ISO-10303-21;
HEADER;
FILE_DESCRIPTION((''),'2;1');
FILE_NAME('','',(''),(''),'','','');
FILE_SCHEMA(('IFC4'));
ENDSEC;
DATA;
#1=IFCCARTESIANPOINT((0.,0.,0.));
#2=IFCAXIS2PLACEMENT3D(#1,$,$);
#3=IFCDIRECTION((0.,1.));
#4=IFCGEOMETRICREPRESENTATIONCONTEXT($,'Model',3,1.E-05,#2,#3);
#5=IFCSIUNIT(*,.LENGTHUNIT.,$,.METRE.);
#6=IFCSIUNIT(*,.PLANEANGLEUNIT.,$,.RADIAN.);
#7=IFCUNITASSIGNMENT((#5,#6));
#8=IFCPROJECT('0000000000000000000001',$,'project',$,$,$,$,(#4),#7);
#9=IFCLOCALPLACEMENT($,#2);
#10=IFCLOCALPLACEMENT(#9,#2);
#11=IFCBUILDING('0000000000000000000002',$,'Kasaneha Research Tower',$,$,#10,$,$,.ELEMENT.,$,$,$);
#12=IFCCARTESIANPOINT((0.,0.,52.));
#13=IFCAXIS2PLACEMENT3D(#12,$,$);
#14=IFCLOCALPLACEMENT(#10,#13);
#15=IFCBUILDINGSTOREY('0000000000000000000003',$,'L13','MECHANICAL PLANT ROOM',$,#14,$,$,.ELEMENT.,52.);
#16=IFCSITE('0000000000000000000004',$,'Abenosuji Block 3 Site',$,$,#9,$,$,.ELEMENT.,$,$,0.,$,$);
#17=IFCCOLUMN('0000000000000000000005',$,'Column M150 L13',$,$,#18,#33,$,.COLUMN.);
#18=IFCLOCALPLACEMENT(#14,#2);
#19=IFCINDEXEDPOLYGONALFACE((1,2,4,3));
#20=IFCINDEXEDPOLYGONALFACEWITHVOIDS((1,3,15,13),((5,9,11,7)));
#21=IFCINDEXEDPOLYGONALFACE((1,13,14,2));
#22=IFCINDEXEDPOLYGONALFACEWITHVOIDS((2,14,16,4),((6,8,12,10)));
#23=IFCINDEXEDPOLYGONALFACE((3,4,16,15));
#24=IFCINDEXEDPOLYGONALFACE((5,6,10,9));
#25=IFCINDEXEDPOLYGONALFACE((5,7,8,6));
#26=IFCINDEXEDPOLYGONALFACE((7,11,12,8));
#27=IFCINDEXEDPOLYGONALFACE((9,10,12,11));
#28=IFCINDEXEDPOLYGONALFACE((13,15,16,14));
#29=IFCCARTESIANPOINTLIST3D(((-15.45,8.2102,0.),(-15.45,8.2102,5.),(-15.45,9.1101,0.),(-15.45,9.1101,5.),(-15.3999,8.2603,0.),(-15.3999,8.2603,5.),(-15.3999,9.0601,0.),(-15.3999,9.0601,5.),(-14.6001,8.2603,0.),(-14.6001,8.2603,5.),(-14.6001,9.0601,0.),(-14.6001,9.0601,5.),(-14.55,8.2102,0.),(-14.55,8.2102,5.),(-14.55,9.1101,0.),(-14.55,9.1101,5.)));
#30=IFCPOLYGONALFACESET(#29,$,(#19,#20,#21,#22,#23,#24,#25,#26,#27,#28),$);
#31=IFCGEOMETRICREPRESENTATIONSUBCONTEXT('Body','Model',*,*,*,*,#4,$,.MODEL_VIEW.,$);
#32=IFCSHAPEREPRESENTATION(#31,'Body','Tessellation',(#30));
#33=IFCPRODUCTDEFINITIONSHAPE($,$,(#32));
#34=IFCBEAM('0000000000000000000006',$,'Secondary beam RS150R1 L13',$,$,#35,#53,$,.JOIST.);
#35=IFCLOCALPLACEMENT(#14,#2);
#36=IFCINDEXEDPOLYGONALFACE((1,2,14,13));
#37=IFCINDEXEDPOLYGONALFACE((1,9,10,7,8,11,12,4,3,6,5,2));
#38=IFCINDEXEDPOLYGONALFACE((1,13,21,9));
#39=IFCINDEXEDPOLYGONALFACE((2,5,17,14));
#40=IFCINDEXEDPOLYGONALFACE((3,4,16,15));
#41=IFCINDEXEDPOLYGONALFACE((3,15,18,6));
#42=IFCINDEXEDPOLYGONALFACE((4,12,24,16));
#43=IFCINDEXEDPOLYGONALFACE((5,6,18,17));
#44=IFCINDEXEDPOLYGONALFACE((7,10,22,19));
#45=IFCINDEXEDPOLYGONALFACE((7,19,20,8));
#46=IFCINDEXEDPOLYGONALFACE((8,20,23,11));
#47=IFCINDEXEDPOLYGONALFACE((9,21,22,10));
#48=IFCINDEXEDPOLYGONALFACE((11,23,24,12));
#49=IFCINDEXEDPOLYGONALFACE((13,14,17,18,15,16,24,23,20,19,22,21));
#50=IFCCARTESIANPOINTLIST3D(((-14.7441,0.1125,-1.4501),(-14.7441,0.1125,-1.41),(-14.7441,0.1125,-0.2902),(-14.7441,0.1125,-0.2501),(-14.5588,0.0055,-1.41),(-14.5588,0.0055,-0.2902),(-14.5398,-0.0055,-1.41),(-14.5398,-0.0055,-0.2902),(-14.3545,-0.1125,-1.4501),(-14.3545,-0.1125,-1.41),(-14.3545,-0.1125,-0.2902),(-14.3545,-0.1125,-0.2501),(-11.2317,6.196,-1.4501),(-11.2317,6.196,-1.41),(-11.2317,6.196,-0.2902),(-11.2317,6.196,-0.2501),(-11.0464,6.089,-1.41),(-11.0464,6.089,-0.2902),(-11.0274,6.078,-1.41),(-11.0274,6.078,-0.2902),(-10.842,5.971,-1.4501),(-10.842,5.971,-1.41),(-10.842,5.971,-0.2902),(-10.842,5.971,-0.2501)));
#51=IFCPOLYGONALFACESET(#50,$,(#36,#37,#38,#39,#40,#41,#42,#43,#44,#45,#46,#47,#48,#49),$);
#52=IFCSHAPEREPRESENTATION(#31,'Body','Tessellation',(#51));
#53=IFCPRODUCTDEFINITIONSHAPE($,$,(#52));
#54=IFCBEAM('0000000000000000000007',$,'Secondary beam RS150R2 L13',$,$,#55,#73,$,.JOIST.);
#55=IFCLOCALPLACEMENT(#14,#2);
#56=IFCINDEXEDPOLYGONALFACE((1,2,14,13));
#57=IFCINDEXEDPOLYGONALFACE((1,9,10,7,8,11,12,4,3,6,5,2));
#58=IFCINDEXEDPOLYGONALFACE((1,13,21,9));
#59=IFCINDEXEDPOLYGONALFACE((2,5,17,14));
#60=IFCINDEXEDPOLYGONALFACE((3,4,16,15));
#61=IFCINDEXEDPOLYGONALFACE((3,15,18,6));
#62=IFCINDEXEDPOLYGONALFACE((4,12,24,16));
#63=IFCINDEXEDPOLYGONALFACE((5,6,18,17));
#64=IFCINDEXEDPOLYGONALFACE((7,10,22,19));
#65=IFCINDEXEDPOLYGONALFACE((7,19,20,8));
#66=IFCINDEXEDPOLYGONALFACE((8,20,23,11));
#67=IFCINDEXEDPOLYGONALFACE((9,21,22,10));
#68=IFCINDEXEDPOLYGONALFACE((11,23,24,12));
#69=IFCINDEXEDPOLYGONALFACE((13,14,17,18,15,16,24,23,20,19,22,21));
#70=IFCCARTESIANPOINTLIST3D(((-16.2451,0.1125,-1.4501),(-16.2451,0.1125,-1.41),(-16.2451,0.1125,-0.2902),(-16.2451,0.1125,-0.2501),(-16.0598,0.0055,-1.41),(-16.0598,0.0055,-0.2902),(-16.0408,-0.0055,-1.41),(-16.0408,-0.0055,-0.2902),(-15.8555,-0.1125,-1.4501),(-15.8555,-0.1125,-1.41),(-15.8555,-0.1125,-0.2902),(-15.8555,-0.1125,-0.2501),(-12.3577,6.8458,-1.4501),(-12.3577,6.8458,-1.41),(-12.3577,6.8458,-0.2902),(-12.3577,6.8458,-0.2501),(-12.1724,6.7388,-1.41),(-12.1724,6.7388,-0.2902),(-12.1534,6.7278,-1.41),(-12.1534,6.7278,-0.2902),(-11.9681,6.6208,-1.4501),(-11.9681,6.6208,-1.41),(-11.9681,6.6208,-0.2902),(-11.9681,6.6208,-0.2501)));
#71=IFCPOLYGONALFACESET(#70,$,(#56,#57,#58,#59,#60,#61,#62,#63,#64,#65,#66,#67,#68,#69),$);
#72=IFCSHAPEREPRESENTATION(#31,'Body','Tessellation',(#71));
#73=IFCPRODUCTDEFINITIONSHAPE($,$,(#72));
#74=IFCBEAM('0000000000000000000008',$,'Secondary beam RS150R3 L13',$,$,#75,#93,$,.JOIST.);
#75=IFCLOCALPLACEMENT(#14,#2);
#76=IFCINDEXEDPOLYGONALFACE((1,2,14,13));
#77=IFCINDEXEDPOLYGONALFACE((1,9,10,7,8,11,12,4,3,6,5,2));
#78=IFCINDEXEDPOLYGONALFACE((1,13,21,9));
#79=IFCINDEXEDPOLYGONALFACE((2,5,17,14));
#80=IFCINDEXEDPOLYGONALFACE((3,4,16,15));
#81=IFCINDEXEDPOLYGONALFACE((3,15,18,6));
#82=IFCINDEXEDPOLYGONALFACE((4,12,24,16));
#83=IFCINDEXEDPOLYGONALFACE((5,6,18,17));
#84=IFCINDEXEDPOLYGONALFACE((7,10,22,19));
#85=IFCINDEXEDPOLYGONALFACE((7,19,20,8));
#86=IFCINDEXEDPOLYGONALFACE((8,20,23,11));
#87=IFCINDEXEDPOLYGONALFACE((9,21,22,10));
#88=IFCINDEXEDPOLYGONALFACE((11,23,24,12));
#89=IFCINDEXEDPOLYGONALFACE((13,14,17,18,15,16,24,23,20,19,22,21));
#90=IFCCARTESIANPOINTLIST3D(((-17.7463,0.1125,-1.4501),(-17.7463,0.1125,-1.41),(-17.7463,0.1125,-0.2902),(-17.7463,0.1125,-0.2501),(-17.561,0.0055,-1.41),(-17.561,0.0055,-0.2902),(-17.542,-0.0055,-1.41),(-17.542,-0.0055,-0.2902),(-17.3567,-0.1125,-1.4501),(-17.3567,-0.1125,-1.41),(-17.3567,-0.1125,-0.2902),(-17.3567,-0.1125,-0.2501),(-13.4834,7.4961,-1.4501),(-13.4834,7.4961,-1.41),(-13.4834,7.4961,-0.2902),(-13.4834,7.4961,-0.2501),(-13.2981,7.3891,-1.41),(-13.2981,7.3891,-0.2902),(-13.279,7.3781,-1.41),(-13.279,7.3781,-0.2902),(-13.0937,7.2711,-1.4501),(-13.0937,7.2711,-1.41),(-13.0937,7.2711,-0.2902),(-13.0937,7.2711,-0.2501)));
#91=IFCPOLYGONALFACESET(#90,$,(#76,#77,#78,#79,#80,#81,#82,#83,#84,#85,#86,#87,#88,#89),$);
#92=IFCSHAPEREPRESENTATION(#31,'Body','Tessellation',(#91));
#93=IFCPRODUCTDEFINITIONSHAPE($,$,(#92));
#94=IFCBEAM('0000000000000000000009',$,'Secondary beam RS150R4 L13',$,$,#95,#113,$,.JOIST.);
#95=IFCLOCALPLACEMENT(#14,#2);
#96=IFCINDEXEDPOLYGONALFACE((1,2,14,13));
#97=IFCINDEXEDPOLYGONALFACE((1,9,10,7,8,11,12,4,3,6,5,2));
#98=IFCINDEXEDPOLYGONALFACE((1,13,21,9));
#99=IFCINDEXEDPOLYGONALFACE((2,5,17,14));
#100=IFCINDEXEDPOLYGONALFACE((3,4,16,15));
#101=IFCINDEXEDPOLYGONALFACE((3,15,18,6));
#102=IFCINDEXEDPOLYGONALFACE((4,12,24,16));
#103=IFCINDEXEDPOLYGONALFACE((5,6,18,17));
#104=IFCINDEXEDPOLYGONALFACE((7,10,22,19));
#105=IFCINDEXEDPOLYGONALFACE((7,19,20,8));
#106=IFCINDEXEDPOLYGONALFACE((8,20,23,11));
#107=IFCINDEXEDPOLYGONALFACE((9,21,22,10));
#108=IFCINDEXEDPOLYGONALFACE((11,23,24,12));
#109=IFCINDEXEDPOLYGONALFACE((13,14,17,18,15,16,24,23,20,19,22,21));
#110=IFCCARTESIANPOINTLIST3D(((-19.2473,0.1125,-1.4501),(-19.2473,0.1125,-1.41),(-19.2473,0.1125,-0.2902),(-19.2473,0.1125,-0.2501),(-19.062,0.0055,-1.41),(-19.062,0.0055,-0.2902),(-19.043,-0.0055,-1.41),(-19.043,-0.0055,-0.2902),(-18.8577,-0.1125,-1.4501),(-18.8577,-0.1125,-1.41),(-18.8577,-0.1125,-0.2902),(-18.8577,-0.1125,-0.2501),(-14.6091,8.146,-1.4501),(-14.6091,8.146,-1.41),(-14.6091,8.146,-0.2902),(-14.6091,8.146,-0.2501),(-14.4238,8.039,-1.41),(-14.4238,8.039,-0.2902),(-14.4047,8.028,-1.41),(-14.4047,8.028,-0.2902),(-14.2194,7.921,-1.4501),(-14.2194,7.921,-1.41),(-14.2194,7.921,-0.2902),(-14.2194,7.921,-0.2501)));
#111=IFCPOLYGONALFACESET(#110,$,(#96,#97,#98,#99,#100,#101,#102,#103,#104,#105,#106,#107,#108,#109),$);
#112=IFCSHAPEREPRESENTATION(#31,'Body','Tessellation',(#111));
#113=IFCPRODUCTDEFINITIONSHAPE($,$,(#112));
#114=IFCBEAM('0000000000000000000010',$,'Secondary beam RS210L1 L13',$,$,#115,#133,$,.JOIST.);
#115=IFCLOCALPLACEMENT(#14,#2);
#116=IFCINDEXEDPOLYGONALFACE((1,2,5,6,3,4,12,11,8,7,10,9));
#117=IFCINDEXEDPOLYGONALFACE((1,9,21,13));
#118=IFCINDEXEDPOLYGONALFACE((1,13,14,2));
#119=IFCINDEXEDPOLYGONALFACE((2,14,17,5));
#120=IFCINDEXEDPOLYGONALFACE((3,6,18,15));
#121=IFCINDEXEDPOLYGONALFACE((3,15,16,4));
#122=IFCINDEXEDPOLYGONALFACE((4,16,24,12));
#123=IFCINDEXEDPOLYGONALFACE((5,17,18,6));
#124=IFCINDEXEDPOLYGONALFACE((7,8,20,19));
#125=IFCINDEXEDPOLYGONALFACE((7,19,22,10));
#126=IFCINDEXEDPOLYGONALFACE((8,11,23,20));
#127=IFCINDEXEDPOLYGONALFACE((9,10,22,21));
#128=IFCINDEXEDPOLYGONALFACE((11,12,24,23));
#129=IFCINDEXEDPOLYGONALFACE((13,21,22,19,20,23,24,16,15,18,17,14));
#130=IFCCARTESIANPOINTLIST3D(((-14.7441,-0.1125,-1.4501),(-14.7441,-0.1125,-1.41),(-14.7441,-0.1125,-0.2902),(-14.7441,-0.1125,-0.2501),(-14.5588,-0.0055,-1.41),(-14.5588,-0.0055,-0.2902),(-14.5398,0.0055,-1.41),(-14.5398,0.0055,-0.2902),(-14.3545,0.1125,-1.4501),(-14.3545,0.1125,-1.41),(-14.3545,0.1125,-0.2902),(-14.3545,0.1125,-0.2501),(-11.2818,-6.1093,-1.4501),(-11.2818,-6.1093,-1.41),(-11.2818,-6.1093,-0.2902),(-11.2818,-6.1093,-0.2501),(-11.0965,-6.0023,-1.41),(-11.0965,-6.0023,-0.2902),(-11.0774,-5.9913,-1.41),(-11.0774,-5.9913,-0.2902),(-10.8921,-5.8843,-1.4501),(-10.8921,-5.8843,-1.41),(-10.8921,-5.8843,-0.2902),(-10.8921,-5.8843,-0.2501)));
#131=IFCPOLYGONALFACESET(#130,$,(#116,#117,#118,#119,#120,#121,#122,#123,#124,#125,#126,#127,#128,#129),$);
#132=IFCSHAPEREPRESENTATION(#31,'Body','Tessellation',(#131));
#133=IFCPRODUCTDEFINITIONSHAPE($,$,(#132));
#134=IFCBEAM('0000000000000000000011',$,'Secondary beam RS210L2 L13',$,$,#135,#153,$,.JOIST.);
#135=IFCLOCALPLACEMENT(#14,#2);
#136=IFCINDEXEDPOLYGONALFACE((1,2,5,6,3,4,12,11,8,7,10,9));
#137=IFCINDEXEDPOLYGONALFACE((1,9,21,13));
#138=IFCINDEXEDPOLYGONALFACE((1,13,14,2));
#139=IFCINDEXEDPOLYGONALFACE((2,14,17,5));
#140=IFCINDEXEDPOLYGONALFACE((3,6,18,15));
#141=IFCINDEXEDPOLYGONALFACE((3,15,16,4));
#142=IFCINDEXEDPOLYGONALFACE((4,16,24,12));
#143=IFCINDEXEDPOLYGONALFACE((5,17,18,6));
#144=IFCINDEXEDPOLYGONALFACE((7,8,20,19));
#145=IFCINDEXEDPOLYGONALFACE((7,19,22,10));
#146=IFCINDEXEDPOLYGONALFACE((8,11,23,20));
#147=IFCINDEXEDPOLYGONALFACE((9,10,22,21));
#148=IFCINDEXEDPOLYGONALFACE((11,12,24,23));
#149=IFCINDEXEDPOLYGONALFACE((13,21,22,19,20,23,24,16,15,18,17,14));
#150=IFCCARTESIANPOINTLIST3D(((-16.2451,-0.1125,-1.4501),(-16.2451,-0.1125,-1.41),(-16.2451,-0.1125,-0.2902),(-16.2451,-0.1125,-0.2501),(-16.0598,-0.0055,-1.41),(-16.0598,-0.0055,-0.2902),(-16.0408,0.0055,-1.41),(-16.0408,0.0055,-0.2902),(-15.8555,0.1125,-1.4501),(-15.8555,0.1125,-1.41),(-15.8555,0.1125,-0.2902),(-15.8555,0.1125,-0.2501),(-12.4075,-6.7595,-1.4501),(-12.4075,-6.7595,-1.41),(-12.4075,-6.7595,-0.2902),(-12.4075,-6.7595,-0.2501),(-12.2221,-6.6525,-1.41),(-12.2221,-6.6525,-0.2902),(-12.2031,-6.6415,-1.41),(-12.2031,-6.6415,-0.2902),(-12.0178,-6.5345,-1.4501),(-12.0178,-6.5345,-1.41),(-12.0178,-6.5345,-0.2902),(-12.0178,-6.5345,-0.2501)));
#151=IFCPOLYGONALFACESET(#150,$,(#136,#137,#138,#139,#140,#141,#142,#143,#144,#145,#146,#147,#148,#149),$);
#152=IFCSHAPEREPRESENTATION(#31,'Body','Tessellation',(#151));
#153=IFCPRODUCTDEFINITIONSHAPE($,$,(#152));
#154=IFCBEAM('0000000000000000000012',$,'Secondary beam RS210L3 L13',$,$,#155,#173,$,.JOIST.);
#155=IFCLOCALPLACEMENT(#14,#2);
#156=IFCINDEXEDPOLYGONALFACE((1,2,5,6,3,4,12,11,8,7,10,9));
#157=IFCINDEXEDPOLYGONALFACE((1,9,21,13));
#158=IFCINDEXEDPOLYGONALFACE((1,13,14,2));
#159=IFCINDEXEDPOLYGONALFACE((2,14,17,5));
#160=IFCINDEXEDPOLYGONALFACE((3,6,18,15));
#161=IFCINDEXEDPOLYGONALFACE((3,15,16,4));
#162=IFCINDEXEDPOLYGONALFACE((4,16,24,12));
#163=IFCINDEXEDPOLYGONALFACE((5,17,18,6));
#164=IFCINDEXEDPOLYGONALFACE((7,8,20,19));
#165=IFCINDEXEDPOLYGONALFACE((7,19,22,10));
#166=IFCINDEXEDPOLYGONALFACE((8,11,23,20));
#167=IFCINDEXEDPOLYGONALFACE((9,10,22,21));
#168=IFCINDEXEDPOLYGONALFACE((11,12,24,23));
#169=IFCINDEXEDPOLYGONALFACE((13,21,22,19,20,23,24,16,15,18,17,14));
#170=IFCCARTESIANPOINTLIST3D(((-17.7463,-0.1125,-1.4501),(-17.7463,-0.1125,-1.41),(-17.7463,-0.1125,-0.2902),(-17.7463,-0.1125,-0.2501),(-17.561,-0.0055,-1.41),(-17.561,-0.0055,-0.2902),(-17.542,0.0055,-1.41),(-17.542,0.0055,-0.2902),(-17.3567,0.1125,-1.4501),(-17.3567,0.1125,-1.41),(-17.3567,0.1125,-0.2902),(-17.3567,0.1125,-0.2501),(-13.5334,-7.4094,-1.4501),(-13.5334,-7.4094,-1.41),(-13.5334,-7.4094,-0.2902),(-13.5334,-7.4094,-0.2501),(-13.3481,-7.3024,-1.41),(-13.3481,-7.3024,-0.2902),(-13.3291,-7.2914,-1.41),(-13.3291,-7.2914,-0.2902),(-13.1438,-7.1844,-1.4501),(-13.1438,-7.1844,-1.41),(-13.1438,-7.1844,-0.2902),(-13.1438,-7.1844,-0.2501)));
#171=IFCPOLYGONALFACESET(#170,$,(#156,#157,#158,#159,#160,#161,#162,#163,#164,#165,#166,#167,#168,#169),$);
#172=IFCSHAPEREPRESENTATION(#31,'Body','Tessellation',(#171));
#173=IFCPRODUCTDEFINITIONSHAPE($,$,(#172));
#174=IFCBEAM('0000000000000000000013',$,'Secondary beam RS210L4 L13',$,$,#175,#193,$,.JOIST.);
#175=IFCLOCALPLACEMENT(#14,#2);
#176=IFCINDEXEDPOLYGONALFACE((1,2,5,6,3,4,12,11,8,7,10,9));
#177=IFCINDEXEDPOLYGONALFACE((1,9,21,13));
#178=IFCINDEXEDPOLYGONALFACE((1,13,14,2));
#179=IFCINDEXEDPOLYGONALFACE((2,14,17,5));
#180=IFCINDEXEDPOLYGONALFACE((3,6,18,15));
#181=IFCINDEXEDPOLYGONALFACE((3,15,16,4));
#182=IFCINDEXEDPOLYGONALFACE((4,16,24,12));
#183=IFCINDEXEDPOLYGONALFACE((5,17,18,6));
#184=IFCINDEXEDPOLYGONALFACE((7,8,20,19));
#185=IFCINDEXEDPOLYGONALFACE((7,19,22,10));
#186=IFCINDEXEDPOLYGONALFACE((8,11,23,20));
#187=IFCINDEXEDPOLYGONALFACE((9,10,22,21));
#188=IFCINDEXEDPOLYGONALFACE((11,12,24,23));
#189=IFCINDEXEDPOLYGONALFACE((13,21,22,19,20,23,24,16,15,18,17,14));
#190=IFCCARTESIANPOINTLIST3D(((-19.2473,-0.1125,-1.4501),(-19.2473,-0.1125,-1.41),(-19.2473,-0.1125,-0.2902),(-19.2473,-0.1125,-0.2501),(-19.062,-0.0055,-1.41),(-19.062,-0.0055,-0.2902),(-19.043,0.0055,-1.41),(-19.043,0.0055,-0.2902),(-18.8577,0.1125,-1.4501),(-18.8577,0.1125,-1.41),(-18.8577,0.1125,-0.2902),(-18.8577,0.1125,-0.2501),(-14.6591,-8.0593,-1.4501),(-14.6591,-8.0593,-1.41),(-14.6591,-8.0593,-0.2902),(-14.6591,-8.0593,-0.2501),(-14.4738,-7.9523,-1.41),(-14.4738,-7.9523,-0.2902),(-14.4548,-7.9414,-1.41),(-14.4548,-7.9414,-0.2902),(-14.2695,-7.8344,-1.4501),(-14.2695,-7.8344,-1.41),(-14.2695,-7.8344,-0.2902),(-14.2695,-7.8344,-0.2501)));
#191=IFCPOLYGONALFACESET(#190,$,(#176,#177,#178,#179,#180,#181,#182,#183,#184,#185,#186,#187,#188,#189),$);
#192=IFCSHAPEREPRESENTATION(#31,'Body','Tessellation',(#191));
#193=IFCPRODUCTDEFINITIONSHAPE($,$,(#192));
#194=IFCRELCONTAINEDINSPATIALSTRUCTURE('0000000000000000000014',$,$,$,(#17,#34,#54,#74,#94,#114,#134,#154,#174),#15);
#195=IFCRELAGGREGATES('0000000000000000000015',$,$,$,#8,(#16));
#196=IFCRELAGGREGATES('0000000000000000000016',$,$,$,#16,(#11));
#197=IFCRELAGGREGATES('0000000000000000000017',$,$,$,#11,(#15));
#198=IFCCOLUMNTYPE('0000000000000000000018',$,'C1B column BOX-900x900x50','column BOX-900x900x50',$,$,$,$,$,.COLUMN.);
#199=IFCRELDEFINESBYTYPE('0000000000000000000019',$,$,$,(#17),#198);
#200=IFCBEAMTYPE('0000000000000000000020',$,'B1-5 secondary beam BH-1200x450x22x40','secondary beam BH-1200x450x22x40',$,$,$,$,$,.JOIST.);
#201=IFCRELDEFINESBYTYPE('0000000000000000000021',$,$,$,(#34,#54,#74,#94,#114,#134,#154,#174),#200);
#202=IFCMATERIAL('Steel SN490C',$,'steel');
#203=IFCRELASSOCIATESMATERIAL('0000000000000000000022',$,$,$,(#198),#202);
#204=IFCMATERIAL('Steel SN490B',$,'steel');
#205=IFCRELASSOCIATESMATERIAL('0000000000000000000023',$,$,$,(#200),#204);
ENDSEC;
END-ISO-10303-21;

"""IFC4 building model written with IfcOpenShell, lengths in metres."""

from ifc_helpers import new_model, si_unit, direction, frame, origin, origin_2d, place, context, subcontext, project, spatial, hollow_rectangle, i_section, extrude, material, material_profile, profile_set, type_object, element, save


model = new_model("IFC4")

# Units and contexts
model_context = context("Model", 3, precision=1e-05, world=origin(), true_north=direction((0.0, 1.0)))
body_context = subcontext(model_context, "Body", "Model", "MODEL_VIEW")
ifc_project = project(units=[si_unit("LENGTHUNIT", "METRE"), si_unit("PLANEANGLEUNIT", "RADIAN")], contexts=[model_context])

# Site, building, storey
site_placement = place(None, origin())
site = spatial("IfcSite", under=ifc_project, at=site_placement, Name="Abenosuji Block 3 Site", CompositionType="ELEMENT", RefElevation=0.0)
building_placement = place(site_placement, origin())
building = spatial("IfcBuilding", under=site, at=building_placement, Name="Kasaneha Research Tower", CompositionType="ELEMENT")
storey_placement = place(building_placement, frame((0.0, 0.0, 52.0)))
storey = spatial("IfcBuildingStorey", under=building, at=storey_placement, Name="L13", Description="MECHANICAL PLANT ROOM", CompositionType="ELEMENT", Elevation=52.0)

# Column
ifc_material_1 = material(Name="Steel SN490C", Category="steel")
ifc_material_profile_1 = material_profile(ifc_material_1, hollow_rectangle(XDim=0.8999, YDim=0.8999, WallThickness=0.05, at=origin_2d()), Name="BOX-900x900x50")
ifc_profile_set_1 = profile_set([ifc_material_profile_1], Name="Steel SN490C")
column_type = type_object("IfcColumnType", Name="C1B column BOX-900x900x50", Description="column BOX-900x900x50", PredefinedType="COLUMN", material=ifc_profile_set_1)
column_placement = place(storey_placement, frame((-15.0, 8.6602, 0.0), z_axis=(0.0, 0.0, 1.0), x_axis=(1.0, 0.0, 0.0)))
element("IfcColumn", 1, at=column_placement, inside=storey, type_object=column_type, Name="Column M150 L13", PredefinedType="COLUMN", context=body_context, shape_type="SweptSolid", body=[
    extrude(hollow_rectangle(XDim=0.8999, YDim=0.8999, WallThickness=0.05, at=origin_2d()), origin(), (0.0, 0.0, 1.0), 5.0),
])

# Beams
ifc_material_2 = material(Name="Steel SN490B", Category="steel")
ifc_material_profile_2 = material_profile(ifc_material_2, i_section(OverallWidth=0.45, OverallDepth=1.2, WebThickness=0.022, FlangeThickness=0.04, at=origin_2d()), Name="BH-1200x450x22x40")
ifc_profile_set_2 = profile_set([ifc_material_profile_2], Name="Steel SN490B")
beam_type_1 = type_object("IfcBeamType", Name="B1-5 secondary beam BH-1200x450x22x40", Description="secondary beam BH-1200x450x22x40", PredefinedType="JOIST", material=ifc_profile_set_2)
beam_1_placement = place(storey_placement, frame((-14.5493, 0.0, -0.8501), z_axis=(0.500015, 0.866017, 0.0), x_axis=(-0.866017, 0.500015, 0.0)))
element("IfcBeam", 2, at=beam_1_placement, inside=storey, type_object=beam_type_1, Name="Secondary beam RS150R1 L13", PredefinedType="JOIST", context=body_context, shape_type="SweptSolid", body=[
    extrude(i_section(OverallWidth=0.45, OverallDepth=1.2, WebThickness=0.022, FlangeThickness=0.04, at=origin_2d()), origin(), (0.0, 0.0, 1.0), 7.0247),
])
beam_2_placement = place(storey_placement, frame((-16.0503, 0.0, -0.8501), z_axis=(0.499992, 0.86603, 0.0), x_axis=(-0.86603, 0.499992, 0.0)))
element("IfcBeam", 3, at=beam_2_placement, inside=storey, type_object=beam_type_1, Name="Secondary beam RS150R2 L13", PredefinedType="JOIST", context=body_context, shape_type="SweptSolid", body=[
    extrude(i_section(OverallWidth=0.45, OverallDepth=1.2, WebThickness=0.022, FlangeThickness=0.04, at=origin_2d()), origin(), (0.0, 0.0, 1.0), 7.7749),
])
beam_3_placement = place(storey_placement, frame((-17.5515, 0.0, -0.8501), z_axis=(0.500004, 0.866023, 0.0), x_axis=(-0.866023, 0.500004, 0.0)))
element("IfcBeam", 4, at=beam_3_placement, inside=storey, type_object=beam_type_1, Name="Secondary beam RS150R3 L13", PredefinedType="JOIST", context=body_context, shape_type="SweptSolid", body=[
    extrude(i_section(OverallWidth=0.45, OverallDepth=1.2, WebThickness=0.022, FlangeThickness=0.04, at=origin_2d()), origin(), (0.0, 0.0, 1.0), 8.5259),
])
beam_4_placement = place(storey_placement, frame((-19.0525, 0.0, -0.8501), z_axis=(0.500006, 0.866022, 0.0), x_axis=(-0.866022, 0.500006, 0.0)))
element("IfcBeam", 5, at=beam_4_placement, inside=storey, type_object=beam_type_1, Name="Secondary beam RS150R4 L13", PredefinedType="JOIST", context=body_context, shape_type="SweptSolid", body=[
    extrude(i_section(OverallWidth=0.45, OverallDepth=1.2, WebThickness=0.022, FlangeThickness=0.04, at=origin_2d()), origin(), (0.0, 0.0, 1.0), 9.2764),
])
beam_5_placement = place(storey_placement, frame((-14.5493, 0.0, -0.8501), z_axis=(0.500014, -0.866017, 0.0), x_axis=(0.866017, 0.500014, 0.0)))
element("IfcBeam", 6, at=beam_5_placement, inside=storey, type_object=beam_type_1, Name="Secondary beam RS210L1 L13", PredefinedType="JOIST", context=body_context, shape_type="SweptSolid", body=[
    extrude(i_section(OverallWidth=0.45, OverallDepth=1.2, WebThickness=0.022, FlangeThickness=0.04, at=origin_2d()), origin(), (0.0, 0.0, 1.0), 6.9246),
])
beam_6_placement = place(storey_placement, frame((-16.0503, 0.0, -0.8501), z_axis=(0.500001, -0.866025, 0.0), x_axis=(0.866025, 0.500001, 0.0)))
element("IfcBeam", 7, at=beam_6_placement, inside=storey, type_object=beam_type_1, Name="Secondary beam RS210L2 L13", PredefinedType="JOIST", context=body_context, shape_type="SweptSolid", body=[
    extrude(i_section(OverallWidth=0.45, OverallDepth=1.2, WebThickness=0.022, FlangeThickness=0.04, at=origin_2d()), origin(), (0.0, 0.0, 1.0), 7.6753),
])
beam_7_placement = place(storey_placement, frame((-17.5515, 0.0, -0.8501), z_axis=(0.500003, -0.866023, 0.0), x_axis=(0.866023, 0.500003, 0.0)))
element("IfcBeam", 8, at=beam_7_placement, inside=storey, type_object=beam_type_1, Name="Secondary beam RS210L3 L13", PredefinedType="JOIST", context=body_context, shape_type="SweptSolid", body=[
    extrude(i_section(OverallWidth=0.45, OverallDepth=1.2, WebThickness=0.022, FlangeThickness=0.04, at=origin_2d()), origin(), (0.0, 0.0, 1.0), 8.4258),
])
beam_8_placement = place(storey_placement, frame((-19.0525, 0.0, -0.8501), z_axis=(0.500005, -0.866023, 0.0), x_axis=(0.866023, 0.500005, 0.0)))
element("IfcBeam", 9, at=beam_8_placement, inside=storey, type_object=beam_type_1, Name="Secondary beam RS210L4 L13", PredefinedType="JOIST", context=body_context, shape_type="SweptSolid", body=[
    extrude(i_section(OverallWidth=0.45, OverallDepth=1.2, WebThickness=0.022, FlangeThickness=0.04, at=origin_2d()), origin(), (0.0, 0.0, 1.0), 9.1763),
])

save(model, "model.ifc")
